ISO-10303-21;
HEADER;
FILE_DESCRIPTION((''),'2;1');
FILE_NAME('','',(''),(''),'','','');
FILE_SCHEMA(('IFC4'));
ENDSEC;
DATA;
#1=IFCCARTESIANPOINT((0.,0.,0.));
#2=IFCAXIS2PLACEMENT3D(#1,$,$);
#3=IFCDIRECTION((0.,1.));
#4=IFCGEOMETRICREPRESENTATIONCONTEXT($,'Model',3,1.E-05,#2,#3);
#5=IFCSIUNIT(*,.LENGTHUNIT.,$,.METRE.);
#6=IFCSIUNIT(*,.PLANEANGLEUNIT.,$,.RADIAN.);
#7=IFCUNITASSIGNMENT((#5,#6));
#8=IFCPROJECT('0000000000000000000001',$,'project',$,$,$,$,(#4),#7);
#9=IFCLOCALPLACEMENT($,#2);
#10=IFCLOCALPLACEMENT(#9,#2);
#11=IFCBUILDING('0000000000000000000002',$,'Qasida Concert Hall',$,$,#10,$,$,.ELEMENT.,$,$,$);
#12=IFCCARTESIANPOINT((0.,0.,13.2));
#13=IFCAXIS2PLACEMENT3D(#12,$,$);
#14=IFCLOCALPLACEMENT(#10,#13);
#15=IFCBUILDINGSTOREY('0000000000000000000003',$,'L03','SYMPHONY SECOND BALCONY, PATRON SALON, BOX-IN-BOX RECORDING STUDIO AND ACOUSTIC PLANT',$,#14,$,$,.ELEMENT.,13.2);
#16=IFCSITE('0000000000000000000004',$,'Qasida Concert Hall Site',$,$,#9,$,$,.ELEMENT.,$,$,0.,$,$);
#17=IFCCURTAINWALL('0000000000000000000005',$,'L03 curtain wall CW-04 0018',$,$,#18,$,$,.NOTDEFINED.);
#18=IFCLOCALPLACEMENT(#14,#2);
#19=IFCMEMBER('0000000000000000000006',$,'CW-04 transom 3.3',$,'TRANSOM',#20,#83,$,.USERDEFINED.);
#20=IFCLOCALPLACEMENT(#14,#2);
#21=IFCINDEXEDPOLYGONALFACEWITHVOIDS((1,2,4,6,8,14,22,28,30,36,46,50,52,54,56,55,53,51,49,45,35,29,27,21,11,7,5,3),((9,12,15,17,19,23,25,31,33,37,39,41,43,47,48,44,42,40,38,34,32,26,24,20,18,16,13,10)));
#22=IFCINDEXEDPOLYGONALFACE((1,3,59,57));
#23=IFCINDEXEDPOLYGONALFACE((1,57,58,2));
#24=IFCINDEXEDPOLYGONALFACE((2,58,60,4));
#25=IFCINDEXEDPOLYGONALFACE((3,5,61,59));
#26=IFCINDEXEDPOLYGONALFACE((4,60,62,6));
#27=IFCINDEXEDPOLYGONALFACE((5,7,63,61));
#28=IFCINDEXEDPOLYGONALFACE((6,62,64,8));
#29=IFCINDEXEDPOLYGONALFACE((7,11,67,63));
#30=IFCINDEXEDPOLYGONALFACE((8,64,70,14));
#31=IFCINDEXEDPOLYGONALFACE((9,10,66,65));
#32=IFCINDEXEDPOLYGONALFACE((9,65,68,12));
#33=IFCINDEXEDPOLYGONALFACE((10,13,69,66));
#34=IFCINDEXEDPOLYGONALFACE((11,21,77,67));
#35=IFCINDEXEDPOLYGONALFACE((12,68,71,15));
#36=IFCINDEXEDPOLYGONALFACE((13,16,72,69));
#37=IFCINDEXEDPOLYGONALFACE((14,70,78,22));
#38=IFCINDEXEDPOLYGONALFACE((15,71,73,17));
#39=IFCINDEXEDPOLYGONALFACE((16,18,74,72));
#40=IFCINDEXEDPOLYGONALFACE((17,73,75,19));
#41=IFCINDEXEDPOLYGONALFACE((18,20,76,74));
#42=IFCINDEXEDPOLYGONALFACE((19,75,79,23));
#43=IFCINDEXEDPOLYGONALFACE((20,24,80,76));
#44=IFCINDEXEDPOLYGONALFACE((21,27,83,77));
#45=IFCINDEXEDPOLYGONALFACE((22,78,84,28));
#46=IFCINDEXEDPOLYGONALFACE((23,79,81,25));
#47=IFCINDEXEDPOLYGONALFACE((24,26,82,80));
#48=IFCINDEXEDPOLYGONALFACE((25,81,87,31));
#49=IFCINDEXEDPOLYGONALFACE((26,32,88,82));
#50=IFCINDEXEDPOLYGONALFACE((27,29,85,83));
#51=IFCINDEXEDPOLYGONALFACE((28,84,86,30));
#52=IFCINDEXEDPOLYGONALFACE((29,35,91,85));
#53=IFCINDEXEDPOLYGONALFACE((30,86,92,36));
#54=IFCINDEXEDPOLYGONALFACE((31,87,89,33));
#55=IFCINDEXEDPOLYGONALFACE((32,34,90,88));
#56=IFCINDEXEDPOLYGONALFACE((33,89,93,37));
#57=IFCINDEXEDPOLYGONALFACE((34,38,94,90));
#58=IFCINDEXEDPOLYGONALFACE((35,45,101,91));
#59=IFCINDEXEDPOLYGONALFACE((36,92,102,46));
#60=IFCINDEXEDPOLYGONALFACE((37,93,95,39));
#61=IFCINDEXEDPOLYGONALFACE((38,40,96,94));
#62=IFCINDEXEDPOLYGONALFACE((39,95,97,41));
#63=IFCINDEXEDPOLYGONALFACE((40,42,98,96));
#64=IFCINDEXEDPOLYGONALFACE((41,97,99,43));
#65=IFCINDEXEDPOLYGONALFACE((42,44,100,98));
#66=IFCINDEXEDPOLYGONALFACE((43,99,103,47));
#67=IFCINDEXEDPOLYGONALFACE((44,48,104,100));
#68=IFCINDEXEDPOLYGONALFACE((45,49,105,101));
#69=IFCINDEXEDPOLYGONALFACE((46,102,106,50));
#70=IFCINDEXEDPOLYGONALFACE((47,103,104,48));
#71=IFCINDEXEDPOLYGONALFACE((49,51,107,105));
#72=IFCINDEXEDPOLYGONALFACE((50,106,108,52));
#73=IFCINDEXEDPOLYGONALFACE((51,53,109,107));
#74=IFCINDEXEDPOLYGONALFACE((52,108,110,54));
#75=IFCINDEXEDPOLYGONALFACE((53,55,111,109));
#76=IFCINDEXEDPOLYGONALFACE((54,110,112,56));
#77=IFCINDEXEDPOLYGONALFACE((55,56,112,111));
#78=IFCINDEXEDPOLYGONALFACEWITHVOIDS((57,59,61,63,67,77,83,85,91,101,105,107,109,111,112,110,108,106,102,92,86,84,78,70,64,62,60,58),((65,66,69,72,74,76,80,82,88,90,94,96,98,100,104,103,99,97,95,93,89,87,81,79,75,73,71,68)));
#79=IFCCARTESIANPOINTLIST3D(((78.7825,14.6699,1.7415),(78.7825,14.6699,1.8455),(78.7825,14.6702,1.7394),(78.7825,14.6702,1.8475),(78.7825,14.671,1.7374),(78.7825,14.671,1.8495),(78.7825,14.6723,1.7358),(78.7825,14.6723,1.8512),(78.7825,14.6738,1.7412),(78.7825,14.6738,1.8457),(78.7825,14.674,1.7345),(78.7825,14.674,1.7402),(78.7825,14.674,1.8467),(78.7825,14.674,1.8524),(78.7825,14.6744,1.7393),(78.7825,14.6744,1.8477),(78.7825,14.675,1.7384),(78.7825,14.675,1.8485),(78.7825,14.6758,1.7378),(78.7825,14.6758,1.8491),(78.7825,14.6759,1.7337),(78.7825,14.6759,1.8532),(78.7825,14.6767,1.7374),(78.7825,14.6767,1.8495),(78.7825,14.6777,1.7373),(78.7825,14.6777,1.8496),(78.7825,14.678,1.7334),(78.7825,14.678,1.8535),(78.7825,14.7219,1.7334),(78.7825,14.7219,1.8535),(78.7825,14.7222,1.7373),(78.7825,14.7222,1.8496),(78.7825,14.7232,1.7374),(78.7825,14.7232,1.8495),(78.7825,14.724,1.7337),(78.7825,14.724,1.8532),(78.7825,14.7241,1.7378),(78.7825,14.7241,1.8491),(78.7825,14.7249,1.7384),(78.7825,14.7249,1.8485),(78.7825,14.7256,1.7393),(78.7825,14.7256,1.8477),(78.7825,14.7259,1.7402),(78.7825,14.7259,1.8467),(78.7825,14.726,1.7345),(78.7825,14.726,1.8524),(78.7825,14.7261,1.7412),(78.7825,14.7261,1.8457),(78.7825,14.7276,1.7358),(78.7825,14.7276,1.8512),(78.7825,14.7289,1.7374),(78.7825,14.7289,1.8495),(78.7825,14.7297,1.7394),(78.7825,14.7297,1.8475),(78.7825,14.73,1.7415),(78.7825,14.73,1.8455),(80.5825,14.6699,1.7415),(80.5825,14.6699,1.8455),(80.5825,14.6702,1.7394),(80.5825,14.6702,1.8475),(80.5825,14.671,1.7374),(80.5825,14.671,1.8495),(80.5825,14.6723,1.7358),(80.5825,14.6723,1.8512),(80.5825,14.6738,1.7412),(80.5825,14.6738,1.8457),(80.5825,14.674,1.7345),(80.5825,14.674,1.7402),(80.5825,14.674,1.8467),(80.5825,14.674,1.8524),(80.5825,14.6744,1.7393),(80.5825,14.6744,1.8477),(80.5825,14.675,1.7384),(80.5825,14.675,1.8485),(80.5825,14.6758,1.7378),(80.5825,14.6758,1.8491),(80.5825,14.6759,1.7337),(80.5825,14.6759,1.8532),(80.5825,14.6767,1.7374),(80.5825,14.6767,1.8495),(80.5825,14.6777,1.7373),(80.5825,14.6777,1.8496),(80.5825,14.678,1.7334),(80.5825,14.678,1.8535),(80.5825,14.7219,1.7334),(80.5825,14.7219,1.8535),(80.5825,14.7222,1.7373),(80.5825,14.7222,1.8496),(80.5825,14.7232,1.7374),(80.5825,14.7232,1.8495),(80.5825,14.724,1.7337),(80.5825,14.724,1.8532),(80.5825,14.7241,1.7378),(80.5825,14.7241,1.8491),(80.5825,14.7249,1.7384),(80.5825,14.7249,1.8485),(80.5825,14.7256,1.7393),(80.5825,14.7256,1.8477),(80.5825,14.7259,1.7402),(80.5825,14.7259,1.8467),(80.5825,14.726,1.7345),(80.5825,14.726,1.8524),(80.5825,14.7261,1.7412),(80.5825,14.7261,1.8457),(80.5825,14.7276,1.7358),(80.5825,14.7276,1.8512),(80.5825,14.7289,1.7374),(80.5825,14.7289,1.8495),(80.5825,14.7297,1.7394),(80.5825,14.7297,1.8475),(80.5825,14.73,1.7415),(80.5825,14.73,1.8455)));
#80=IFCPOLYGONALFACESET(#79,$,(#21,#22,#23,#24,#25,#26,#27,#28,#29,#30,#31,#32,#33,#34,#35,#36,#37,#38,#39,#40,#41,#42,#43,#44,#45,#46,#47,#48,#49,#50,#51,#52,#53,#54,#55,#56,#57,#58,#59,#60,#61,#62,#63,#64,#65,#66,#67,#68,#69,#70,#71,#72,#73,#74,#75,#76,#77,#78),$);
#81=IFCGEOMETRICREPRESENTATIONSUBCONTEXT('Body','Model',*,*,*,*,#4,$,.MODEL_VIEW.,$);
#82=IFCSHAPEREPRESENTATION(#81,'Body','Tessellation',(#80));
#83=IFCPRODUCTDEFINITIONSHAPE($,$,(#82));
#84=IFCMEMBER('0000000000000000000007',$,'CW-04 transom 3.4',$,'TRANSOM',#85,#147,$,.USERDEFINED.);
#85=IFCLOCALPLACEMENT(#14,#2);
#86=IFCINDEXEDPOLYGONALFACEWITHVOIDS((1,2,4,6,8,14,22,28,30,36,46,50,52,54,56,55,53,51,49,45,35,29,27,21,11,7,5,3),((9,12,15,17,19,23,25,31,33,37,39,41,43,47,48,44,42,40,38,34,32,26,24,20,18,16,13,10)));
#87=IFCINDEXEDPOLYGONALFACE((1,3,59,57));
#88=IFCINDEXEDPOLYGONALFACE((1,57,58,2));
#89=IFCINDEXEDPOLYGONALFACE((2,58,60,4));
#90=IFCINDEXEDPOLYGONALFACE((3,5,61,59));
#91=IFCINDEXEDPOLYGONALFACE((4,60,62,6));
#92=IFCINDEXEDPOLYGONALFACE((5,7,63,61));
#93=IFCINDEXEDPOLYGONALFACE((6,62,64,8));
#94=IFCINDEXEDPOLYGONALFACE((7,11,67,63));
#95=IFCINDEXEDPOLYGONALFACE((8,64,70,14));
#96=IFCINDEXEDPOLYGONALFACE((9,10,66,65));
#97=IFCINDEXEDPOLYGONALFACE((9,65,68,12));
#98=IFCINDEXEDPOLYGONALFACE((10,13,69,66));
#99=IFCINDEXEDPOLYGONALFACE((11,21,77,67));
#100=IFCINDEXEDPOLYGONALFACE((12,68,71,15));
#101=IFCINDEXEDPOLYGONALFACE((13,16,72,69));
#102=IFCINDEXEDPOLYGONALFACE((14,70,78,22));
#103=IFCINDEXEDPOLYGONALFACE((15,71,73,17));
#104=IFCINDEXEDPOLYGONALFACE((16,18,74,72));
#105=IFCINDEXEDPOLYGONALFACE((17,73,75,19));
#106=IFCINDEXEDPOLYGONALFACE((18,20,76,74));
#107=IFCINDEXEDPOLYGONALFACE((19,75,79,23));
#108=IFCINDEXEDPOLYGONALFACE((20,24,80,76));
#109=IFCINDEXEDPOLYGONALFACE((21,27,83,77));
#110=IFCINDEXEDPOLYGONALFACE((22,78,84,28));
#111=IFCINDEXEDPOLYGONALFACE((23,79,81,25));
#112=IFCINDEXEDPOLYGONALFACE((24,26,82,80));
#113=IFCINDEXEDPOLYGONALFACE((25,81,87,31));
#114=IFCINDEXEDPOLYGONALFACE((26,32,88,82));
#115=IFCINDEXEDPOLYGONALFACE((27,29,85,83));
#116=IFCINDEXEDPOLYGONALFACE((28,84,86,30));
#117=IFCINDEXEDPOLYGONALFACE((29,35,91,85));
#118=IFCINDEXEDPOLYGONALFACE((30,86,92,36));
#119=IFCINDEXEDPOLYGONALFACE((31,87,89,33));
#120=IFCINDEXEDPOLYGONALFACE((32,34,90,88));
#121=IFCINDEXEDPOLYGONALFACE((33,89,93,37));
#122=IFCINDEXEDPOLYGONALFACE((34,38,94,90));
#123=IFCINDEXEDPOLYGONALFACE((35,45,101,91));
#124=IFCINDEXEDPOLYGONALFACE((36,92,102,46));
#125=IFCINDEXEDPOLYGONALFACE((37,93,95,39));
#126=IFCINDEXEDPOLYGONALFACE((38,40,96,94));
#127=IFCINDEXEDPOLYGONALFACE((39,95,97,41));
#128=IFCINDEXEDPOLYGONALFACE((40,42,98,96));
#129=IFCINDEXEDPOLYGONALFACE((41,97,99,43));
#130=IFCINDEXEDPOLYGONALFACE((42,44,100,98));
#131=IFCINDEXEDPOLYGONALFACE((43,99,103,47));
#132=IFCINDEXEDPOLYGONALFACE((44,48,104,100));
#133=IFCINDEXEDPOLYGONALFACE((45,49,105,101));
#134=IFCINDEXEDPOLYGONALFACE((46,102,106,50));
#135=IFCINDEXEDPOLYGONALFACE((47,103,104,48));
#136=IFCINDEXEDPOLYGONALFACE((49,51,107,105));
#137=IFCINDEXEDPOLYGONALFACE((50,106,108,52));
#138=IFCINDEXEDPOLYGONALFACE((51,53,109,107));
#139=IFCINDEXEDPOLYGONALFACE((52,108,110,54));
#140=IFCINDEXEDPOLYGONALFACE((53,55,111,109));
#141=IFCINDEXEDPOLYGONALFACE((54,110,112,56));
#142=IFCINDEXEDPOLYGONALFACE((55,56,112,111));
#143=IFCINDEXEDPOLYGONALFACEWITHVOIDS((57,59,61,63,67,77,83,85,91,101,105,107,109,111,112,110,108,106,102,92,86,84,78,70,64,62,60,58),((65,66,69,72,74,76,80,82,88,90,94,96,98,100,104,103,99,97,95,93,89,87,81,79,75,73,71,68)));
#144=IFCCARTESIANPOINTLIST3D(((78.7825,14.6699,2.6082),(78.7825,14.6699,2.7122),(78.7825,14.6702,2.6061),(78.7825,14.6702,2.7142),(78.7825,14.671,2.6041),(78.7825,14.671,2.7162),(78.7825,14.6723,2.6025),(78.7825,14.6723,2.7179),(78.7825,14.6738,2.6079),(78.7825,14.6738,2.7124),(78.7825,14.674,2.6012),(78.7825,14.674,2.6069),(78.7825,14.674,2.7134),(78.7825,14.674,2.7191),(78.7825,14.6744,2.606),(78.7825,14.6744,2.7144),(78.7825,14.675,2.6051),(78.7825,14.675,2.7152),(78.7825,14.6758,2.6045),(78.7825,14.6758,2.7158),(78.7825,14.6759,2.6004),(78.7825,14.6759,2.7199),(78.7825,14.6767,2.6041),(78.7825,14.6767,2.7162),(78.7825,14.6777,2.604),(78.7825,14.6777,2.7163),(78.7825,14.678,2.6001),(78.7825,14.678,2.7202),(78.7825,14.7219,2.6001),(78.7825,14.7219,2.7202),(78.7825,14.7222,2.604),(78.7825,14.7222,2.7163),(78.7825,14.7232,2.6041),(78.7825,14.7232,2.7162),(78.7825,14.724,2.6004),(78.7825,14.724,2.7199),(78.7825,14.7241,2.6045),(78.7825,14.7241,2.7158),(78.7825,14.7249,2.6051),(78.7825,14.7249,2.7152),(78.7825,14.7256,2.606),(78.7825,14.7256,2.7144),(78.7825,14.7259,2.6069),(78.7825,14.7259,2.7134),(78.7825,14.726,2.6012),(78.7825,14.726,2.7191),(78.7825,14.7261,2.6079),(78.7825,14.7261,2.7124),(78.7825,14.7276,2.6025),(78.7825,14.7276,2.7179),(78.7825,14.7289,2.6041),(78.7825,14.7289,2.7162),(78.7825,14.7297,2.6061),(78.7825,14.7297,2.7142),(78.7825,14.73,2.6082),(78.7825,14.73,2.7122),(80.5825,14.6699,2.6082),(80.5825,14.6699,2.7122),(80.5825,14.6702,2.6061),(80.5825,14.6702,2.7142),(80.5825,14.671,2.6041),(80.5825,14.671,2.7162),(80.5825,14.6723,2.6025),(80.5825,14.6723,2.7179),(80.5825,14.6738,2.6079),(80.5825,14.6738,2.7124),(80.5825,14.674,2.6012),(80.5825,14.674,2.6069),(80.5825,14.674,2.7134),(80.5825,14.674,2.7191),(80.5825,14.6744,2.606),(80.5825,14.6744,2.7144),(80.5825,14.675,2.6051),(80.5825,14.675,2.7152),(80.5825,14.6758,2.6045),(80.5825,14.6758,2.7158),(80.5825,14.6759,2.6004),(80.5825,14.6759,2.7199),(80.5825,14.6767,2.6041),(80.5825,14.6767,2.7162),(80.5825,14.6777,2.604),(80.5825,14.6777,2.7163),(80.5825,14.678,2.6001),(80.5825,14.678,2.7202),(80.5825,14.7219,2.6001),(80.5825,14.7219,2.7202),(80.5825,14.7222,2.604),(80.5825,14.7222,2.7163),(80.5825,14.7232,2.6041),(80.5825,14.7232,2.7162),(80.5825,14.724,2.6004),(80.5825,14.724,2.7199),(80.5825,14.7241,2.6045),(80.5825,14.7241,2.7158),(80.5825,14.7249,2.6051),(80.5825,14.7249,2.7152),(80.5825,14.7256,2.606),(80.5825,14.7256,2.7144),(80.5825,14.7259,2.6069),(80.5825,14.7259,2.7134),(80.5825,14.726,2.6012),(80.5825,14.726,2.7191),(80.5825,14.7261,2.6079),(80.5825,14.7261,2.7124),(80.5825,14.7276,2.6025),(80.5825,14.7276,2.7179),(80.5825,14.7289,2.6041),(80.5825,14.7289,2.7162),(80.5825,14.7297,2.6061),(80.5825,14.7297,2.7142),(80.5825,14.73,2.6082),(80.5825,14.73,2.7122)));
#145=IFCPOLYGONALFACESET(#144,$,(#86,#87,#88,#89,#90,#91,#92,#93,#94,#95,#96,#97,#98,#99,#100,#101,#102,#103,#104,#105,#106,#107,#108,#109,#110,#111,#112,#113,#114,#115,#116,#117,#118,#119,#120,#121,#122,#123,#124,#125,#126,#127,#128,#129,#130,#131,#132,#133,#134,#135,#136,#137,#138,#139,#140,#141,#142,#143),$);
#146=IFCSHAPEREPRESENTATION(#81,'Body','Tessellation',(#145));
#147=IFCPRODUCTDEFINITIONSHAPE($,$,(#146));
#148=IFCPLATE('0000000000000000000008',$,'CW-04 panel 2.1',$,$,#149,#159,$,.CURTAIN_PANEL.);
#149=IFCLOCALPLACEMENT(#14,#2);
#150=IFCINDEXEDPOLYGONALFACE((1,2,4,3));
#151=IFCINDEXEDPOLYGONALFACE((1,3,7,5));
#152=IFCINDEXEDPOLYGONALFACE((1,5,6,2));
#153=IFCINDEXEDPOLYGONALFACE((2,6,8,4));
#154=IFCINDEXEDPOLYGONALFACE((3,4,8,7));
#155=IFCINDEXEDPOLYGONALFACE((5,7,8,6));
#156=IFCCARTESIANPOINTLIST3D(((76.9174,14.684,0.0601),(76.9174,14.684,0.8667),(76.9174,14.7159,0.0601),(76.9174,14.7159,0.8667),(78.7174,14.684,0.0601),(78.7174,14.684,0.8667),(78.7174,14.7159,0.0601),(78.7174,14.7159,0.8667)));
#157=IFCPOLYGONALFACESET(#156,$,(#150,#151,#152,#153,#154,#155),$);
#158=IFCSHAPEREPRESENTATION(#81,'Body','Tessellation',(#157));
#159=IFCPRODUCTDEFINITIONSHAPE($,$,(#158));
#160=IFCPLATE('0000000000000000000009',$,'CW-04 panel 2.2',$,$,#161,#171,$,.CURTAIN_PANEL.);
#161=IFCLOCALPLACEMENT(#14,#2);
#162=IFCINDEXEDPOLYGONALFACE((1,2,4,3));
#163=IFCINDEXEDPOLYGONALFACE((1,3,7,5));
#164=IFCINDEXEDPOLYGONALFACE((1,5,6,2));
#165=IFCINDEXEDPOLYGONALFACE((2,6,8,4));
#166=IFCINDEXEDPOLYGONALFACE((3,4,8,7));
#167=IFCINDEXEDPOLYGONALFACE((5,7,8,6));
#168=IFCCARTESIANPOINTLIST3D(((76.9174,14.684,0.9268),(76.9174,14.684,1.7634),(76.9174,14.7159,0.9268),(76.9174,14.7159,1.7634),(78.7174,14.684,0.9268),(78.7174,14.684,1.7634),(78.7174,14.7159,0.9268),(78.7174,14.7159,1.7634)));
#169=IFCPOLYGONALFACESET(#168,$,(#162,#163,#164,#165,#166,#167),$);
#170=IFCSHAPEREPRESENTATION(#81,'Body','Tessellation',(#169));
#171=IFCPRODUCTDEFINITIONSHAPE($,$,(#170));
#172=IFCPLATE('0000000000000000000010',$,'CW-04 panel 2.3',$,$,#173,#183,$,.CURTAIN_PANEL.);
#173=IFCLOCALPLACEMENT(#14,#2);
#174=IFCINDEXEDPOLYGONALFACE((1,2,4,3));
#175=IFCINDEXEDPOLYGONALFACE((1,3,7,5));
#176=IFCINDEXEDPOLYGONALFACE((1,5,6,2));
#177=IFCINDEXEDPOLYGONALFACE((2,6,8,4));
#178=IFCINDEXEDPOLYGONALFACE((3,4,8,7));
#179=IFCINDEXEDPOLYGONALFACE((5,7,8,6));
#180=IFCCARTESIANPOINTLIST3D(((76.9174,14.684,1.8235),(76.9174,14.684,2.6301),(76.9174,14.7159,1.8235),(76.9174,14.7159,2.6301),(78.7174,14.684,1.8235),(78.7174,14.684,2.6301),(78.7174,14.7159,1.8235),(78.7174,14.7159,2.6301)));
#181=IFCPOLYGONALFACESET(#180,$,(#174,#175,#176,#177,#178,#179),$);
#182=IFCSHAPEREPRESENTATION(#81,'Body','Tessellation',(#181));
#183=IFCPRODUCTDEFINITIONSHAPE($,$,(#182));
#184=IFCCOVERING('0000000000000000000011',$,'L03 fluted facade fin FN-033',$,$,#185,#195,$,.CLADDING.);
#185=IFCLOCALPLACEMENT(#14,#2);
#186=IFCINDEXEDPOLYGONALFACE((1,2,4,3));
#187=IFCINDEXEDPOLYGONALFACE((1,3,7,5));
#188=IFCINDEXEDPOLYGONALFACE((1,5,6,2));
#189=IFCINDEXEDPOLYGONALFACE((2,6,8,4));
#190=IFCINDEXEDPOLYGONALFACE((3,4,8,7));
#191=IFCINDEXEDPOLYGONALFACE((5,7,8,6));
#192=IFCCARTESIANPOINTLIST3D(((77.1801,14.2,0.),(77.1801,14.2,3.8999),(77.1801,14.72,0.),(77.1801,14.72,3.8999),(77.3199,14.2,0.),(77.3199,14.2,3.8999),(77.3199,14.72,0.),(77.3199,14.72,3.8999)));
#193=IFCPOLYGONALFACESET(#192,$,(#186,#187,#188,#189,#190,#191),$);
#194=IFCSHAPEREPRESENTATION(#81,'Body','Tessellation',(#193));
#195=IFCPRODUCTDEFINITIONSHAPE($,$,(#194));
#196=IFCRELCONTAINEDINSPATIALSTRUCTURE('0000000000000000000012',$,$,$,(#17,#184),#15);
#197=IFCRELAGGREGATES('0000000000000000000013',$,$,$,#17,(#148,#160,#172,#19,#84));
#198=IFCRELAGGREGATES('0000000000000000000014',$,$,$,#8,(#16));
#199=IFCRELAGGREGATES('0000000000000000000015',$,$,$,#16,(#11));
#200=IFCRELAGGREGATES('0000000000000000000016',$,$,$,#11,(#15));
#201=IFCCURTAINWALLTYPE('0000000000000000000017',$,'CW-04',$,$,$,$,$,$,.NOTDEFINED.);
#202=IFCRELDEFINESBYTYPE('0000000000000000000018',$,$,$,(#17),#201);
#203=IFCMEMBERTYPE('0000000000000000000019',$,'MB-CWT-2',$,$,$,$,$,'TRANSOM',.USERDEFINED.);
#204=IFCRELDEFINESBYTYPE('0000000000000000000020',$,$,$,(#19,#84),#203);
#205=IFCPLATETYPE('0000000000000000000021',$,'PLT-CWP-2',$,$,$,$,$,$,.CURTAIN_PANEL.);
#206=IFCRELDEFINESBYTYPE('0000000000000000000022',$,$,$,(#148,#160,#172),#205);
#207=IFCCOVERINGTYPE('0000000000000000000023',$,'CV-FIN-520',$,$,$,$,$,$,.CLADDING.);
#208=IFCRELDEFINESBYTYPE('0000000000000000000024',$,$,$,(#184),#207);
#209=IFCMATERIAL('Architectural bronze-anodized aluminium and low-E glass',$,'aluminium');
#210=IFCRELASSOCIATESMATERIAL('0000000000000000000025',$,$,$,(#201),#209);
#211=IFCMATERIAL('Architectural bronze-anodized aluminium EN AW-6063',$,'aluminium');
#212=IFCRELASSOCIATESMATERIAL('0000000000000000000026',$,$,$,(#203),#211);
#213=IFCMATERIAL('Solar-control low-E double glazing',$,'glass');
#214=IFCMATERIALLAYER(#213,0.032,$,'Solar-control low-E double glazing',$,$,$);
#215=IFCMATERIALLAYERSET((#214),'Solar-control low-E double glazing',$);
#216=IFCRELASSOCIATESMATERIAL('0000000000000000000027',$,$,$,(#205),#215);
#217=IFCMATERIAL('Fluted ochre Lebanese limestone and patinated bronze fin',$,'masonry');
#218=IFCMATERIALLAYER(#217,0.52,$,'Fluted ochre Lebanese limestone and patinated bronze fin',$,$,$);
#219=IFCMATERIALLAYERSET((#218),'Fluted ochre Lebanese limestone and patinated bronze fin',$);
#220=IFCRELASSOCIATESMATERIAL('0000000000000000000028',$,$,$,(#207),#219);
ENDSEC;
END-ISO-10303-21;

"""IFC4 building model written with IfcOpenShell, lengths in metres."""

from ifc_helpers import new_model, si_unit, direction, frame, origin, origin_2d, place, context, subcontext, project, spatial, rectangle, hollow_rectangle, extrude, material, layer, layer_set, material_profile, profile_set, type_object, element, aggregate, save


model = new_model("IFC4")

# Units and contexts
model_context = context("Model", 3, precision=1e-05, world=origin(), true_north=direction((0.0, 1.0)))
body_context = subcontext(model_context, "Body", "Model", "MODEL_VIEW")
ifc_project = project(units=[si_unit("LENGTHUNIT", "METRE"), si_unit("PLANEANGLEUNIT", "RADIAN")], contexts=[model_context])

# Site, building, storey
site_placement = place(None, origin())
site = spatial("IfcSite", under=ifc_project, at=site_placement, Name="Qasida Concert Hall Site", CompositionType="ELEMENT", RefElevation=0.0)
building_placement = place(site_placement, origin())
building = spatial("IfcBuilding", under=site, at=building_placement, Name="Qasida Concert Hall", CompositionType="ELEMENT")
storey_placement = place(building_placement, frame((0.0, 0.0, 13.2)))
storey = spatial("IfcBuildingStorey", under=building, at=storey_placement, Name="L03", Description="SYMPHONY SECOND BALCONY, PATRON SALON, BOX-IN-BOX RECORDING STUDIO AND ACOUSTIC PLANT", CompositionType="ELEMENT", Elevation=13.2)

# Curtain wall, members, plates
ifc_material_1 = material(Name="Architectural bronze-anodized aluminium and low-E glass", Category="aluminium")
curtain_wall_type = type_object("IfcCurtainWallType", Name="CW-04", PredefinedType="NOTDEFINED", material=ifc_material_1)
curtain_wall_placement = place(storey_placement, origin())
curtain_wall = element("IfcCurtainWall", 1, at=curtain_wall_placement, inside=storey, type_object=curtain_wall_type, Name="L03 curtain wall CW-04 0018", PredefinedType="NOTDEFINED")
ifc_material_2 = material(Name="Architectural bronze-anodized aluminium EN AW-6063", Category="aluminium")
ifc_material_profile_1 = material_profile(ifc_material_2, hollow_rectangle(XDim=0.0601, YDim=0.1201, WallThickness=0.0039, InnerFilletRadius=0.0039, OuterFilletRadius=0.0081, at=origin_2d()), Name="CWT 120x60x4")
ifc_profile_set_1 = profile_set([ifc_material_profile_1], Name="Architectural bronze-anodized aluminium EN AW-6063")
member_type_1 = type_object("IfcMemberType", Name="MB-CWT-2", ElementType="TRANSOM", PredefinedType="USERDEFINED", material=ifc_profile_set_1)
member_1_placement = place(storey_placement, frame((78.7825, 14.7, 1.7935), z_axis=(1.0, 0.0, 0.0), x_axis=(0.0, 1.0, 0.0)))
member_1 = element("IfcMember", 2, at=member_1_placement, type_object=member_type_1, Name="CW-04 transom 3.3", ObjectType="TRANSOM", PredefinedType="USERDEFINED", context=body_context, shape_type="SweptSolid", body=[
    extrude(hollow_rectangle(XDim=0.0601, YDim=0.1201, WallThickness=0.0039, InnerFilletRadius=0.0039, OuterFilletRadius=0.0081, at=origin_2d()), origin(), (0.0, 0.0, 1.0), 1.8),
])
member_2_placement = place(storey_placement, frame((78.7825, 14.7, 2.6602), z_axis=(1.0, 0.0, 0.0), x_axis=(0.0, 1.0, 0.0)))
member_2 = element("IfcMember", 3, at=member_2_placement, type_object=member_type_1, Name="CW-04 transom 3.4", ObjectType="TRANSOM", PredefinedType="USERDEFINED", context=body_context, shape_type="SweptSolid", body=[
    extrude(hollow_rectangle(XDim=0.0601, YDim=0.1201, WallThickness=0.0039, InnerFilletRadius=0.0039, OuterFilletRadius=0.0081, at=origin_2d()), origin(), (0.0, 0.0, 1.0), 1.8),
])
ifc_material_3 = material(Name="Solar-control low-E double glazing", Category="glass")
ifc_layer_1 = layer(ifc_material_3, 0.032, Name="Solar-control low-E double glazing")
ifc_layer_set_1 = layer_set([ifc_layer_1], Name="Solar-control low-E double glazing")
plate_type = type_object("IfcPlateType", Name="PLT-CWP-2", PredefinedType="CURTAIN_PANEL", material=ifc_layer_set_1)
plate_1_placement = place(storey_placement, frame((77.8174, 14.7, 0.0601), z_axis=(0.0, 0.0, 1.0), x_axis=(1.0, 0.0, 0.0)))
plate_1 = element("IfcPlate", 4, at=plate_1_placement, type_object=plate_type, Name="CW-04 panel 2.1", PredefinedType="CURTAIN_PANEL", context=body_context, shape_type="SweptSolid", body=[
    extrude(rectangle(XDim=1.8, YDim=0.032, at=origin_2d()), origin(), (0.0, 0.0, 1.0), 0.8066),
])
plate_2_placement = place(storey_placement, frame((77.8174, 14.7, 0.9268), z_axis=(0.0, 0.0, 1.0), x_axis=(1.0, 0.0, 0.0)))
plate_2 = element("IfcPlate", 5, at=plate_2_placement, type_object=plate_type, Name="CW-04 panel 2.2", PredefinedType="CURTAIN_PANEL", context=body_context, shape_type="SweptSolid", body=[
    extrude(rectangle(XDim=1.8, YDim=0.032, at=origin_2d()), origin(), (0.0, 0.0, 1.0), 0.8367),
])
plate_3_placement = place(storey_placement, frame((77.8174, 14.7, 1.8235), z_axis=(0.0, 0.0, 1.0), x_axis=(1.0, 0.0, 0.0)))
plate_3 = element("IfcPlate", 6, at=plate_3_placement, type_object=plate_type, Name="CW-04 panel 2.3", PredefinedType="CURTAIN_PANEL", context=body_context, shape_type="SweptSolid", body=[
    extrude(rectangle(XDim=1.8, YDim=0.032, at=origin_2d()), origin(), (0.0, 0.0, 1.0), 0.8066),
])
aggregate(curtain_wall, [plate_1, plate_2, plate_3, member_1, member_2])

# Covering
ifc_material_4 = material(Name="Fluted ochre Lebanese limestone and patinated bronze fin", Category="masonry")
ifc_layer_2 = layer(ifc_material_4, 0.52, Name="Fluted ochre Lebanese limestone and patinated bronze fin")
ifc_layer_set_2 = layer_set([ifc_layer_2], Name="Fluted ochre Lebanese limestone and patinated bronze fin")
covering_type = type_object("IfcCoveringType", Name="CV-FIN-520", PredefinedType="CLADDING", material=ifc_layer_set_2)
for number, where, z_axis, x_axis, name in (
    (7, (77.25, 14.46, 0.0), (0.0, 0.0, 1.0), (1.0, 0.0, 0.0), "L03 fluted facade fin FN-033"),
):
    element("IfcCovering", number, at=place(storey_placement, frame(where, z_axis=z_axis, x_axis=x_axis)), inside=storey, type_object=covering_type, Name=name, PredefinedType="CLADDING", context=body_context, shape_type="SweptSolid", body=[
        extrude(rectangle(XDim=0.1399, YDim=0.52, at=origin_2d()), origin(), (0.0, 0.0, 1.0), 3.8999),
    ])

save(model, "model.ifc")
